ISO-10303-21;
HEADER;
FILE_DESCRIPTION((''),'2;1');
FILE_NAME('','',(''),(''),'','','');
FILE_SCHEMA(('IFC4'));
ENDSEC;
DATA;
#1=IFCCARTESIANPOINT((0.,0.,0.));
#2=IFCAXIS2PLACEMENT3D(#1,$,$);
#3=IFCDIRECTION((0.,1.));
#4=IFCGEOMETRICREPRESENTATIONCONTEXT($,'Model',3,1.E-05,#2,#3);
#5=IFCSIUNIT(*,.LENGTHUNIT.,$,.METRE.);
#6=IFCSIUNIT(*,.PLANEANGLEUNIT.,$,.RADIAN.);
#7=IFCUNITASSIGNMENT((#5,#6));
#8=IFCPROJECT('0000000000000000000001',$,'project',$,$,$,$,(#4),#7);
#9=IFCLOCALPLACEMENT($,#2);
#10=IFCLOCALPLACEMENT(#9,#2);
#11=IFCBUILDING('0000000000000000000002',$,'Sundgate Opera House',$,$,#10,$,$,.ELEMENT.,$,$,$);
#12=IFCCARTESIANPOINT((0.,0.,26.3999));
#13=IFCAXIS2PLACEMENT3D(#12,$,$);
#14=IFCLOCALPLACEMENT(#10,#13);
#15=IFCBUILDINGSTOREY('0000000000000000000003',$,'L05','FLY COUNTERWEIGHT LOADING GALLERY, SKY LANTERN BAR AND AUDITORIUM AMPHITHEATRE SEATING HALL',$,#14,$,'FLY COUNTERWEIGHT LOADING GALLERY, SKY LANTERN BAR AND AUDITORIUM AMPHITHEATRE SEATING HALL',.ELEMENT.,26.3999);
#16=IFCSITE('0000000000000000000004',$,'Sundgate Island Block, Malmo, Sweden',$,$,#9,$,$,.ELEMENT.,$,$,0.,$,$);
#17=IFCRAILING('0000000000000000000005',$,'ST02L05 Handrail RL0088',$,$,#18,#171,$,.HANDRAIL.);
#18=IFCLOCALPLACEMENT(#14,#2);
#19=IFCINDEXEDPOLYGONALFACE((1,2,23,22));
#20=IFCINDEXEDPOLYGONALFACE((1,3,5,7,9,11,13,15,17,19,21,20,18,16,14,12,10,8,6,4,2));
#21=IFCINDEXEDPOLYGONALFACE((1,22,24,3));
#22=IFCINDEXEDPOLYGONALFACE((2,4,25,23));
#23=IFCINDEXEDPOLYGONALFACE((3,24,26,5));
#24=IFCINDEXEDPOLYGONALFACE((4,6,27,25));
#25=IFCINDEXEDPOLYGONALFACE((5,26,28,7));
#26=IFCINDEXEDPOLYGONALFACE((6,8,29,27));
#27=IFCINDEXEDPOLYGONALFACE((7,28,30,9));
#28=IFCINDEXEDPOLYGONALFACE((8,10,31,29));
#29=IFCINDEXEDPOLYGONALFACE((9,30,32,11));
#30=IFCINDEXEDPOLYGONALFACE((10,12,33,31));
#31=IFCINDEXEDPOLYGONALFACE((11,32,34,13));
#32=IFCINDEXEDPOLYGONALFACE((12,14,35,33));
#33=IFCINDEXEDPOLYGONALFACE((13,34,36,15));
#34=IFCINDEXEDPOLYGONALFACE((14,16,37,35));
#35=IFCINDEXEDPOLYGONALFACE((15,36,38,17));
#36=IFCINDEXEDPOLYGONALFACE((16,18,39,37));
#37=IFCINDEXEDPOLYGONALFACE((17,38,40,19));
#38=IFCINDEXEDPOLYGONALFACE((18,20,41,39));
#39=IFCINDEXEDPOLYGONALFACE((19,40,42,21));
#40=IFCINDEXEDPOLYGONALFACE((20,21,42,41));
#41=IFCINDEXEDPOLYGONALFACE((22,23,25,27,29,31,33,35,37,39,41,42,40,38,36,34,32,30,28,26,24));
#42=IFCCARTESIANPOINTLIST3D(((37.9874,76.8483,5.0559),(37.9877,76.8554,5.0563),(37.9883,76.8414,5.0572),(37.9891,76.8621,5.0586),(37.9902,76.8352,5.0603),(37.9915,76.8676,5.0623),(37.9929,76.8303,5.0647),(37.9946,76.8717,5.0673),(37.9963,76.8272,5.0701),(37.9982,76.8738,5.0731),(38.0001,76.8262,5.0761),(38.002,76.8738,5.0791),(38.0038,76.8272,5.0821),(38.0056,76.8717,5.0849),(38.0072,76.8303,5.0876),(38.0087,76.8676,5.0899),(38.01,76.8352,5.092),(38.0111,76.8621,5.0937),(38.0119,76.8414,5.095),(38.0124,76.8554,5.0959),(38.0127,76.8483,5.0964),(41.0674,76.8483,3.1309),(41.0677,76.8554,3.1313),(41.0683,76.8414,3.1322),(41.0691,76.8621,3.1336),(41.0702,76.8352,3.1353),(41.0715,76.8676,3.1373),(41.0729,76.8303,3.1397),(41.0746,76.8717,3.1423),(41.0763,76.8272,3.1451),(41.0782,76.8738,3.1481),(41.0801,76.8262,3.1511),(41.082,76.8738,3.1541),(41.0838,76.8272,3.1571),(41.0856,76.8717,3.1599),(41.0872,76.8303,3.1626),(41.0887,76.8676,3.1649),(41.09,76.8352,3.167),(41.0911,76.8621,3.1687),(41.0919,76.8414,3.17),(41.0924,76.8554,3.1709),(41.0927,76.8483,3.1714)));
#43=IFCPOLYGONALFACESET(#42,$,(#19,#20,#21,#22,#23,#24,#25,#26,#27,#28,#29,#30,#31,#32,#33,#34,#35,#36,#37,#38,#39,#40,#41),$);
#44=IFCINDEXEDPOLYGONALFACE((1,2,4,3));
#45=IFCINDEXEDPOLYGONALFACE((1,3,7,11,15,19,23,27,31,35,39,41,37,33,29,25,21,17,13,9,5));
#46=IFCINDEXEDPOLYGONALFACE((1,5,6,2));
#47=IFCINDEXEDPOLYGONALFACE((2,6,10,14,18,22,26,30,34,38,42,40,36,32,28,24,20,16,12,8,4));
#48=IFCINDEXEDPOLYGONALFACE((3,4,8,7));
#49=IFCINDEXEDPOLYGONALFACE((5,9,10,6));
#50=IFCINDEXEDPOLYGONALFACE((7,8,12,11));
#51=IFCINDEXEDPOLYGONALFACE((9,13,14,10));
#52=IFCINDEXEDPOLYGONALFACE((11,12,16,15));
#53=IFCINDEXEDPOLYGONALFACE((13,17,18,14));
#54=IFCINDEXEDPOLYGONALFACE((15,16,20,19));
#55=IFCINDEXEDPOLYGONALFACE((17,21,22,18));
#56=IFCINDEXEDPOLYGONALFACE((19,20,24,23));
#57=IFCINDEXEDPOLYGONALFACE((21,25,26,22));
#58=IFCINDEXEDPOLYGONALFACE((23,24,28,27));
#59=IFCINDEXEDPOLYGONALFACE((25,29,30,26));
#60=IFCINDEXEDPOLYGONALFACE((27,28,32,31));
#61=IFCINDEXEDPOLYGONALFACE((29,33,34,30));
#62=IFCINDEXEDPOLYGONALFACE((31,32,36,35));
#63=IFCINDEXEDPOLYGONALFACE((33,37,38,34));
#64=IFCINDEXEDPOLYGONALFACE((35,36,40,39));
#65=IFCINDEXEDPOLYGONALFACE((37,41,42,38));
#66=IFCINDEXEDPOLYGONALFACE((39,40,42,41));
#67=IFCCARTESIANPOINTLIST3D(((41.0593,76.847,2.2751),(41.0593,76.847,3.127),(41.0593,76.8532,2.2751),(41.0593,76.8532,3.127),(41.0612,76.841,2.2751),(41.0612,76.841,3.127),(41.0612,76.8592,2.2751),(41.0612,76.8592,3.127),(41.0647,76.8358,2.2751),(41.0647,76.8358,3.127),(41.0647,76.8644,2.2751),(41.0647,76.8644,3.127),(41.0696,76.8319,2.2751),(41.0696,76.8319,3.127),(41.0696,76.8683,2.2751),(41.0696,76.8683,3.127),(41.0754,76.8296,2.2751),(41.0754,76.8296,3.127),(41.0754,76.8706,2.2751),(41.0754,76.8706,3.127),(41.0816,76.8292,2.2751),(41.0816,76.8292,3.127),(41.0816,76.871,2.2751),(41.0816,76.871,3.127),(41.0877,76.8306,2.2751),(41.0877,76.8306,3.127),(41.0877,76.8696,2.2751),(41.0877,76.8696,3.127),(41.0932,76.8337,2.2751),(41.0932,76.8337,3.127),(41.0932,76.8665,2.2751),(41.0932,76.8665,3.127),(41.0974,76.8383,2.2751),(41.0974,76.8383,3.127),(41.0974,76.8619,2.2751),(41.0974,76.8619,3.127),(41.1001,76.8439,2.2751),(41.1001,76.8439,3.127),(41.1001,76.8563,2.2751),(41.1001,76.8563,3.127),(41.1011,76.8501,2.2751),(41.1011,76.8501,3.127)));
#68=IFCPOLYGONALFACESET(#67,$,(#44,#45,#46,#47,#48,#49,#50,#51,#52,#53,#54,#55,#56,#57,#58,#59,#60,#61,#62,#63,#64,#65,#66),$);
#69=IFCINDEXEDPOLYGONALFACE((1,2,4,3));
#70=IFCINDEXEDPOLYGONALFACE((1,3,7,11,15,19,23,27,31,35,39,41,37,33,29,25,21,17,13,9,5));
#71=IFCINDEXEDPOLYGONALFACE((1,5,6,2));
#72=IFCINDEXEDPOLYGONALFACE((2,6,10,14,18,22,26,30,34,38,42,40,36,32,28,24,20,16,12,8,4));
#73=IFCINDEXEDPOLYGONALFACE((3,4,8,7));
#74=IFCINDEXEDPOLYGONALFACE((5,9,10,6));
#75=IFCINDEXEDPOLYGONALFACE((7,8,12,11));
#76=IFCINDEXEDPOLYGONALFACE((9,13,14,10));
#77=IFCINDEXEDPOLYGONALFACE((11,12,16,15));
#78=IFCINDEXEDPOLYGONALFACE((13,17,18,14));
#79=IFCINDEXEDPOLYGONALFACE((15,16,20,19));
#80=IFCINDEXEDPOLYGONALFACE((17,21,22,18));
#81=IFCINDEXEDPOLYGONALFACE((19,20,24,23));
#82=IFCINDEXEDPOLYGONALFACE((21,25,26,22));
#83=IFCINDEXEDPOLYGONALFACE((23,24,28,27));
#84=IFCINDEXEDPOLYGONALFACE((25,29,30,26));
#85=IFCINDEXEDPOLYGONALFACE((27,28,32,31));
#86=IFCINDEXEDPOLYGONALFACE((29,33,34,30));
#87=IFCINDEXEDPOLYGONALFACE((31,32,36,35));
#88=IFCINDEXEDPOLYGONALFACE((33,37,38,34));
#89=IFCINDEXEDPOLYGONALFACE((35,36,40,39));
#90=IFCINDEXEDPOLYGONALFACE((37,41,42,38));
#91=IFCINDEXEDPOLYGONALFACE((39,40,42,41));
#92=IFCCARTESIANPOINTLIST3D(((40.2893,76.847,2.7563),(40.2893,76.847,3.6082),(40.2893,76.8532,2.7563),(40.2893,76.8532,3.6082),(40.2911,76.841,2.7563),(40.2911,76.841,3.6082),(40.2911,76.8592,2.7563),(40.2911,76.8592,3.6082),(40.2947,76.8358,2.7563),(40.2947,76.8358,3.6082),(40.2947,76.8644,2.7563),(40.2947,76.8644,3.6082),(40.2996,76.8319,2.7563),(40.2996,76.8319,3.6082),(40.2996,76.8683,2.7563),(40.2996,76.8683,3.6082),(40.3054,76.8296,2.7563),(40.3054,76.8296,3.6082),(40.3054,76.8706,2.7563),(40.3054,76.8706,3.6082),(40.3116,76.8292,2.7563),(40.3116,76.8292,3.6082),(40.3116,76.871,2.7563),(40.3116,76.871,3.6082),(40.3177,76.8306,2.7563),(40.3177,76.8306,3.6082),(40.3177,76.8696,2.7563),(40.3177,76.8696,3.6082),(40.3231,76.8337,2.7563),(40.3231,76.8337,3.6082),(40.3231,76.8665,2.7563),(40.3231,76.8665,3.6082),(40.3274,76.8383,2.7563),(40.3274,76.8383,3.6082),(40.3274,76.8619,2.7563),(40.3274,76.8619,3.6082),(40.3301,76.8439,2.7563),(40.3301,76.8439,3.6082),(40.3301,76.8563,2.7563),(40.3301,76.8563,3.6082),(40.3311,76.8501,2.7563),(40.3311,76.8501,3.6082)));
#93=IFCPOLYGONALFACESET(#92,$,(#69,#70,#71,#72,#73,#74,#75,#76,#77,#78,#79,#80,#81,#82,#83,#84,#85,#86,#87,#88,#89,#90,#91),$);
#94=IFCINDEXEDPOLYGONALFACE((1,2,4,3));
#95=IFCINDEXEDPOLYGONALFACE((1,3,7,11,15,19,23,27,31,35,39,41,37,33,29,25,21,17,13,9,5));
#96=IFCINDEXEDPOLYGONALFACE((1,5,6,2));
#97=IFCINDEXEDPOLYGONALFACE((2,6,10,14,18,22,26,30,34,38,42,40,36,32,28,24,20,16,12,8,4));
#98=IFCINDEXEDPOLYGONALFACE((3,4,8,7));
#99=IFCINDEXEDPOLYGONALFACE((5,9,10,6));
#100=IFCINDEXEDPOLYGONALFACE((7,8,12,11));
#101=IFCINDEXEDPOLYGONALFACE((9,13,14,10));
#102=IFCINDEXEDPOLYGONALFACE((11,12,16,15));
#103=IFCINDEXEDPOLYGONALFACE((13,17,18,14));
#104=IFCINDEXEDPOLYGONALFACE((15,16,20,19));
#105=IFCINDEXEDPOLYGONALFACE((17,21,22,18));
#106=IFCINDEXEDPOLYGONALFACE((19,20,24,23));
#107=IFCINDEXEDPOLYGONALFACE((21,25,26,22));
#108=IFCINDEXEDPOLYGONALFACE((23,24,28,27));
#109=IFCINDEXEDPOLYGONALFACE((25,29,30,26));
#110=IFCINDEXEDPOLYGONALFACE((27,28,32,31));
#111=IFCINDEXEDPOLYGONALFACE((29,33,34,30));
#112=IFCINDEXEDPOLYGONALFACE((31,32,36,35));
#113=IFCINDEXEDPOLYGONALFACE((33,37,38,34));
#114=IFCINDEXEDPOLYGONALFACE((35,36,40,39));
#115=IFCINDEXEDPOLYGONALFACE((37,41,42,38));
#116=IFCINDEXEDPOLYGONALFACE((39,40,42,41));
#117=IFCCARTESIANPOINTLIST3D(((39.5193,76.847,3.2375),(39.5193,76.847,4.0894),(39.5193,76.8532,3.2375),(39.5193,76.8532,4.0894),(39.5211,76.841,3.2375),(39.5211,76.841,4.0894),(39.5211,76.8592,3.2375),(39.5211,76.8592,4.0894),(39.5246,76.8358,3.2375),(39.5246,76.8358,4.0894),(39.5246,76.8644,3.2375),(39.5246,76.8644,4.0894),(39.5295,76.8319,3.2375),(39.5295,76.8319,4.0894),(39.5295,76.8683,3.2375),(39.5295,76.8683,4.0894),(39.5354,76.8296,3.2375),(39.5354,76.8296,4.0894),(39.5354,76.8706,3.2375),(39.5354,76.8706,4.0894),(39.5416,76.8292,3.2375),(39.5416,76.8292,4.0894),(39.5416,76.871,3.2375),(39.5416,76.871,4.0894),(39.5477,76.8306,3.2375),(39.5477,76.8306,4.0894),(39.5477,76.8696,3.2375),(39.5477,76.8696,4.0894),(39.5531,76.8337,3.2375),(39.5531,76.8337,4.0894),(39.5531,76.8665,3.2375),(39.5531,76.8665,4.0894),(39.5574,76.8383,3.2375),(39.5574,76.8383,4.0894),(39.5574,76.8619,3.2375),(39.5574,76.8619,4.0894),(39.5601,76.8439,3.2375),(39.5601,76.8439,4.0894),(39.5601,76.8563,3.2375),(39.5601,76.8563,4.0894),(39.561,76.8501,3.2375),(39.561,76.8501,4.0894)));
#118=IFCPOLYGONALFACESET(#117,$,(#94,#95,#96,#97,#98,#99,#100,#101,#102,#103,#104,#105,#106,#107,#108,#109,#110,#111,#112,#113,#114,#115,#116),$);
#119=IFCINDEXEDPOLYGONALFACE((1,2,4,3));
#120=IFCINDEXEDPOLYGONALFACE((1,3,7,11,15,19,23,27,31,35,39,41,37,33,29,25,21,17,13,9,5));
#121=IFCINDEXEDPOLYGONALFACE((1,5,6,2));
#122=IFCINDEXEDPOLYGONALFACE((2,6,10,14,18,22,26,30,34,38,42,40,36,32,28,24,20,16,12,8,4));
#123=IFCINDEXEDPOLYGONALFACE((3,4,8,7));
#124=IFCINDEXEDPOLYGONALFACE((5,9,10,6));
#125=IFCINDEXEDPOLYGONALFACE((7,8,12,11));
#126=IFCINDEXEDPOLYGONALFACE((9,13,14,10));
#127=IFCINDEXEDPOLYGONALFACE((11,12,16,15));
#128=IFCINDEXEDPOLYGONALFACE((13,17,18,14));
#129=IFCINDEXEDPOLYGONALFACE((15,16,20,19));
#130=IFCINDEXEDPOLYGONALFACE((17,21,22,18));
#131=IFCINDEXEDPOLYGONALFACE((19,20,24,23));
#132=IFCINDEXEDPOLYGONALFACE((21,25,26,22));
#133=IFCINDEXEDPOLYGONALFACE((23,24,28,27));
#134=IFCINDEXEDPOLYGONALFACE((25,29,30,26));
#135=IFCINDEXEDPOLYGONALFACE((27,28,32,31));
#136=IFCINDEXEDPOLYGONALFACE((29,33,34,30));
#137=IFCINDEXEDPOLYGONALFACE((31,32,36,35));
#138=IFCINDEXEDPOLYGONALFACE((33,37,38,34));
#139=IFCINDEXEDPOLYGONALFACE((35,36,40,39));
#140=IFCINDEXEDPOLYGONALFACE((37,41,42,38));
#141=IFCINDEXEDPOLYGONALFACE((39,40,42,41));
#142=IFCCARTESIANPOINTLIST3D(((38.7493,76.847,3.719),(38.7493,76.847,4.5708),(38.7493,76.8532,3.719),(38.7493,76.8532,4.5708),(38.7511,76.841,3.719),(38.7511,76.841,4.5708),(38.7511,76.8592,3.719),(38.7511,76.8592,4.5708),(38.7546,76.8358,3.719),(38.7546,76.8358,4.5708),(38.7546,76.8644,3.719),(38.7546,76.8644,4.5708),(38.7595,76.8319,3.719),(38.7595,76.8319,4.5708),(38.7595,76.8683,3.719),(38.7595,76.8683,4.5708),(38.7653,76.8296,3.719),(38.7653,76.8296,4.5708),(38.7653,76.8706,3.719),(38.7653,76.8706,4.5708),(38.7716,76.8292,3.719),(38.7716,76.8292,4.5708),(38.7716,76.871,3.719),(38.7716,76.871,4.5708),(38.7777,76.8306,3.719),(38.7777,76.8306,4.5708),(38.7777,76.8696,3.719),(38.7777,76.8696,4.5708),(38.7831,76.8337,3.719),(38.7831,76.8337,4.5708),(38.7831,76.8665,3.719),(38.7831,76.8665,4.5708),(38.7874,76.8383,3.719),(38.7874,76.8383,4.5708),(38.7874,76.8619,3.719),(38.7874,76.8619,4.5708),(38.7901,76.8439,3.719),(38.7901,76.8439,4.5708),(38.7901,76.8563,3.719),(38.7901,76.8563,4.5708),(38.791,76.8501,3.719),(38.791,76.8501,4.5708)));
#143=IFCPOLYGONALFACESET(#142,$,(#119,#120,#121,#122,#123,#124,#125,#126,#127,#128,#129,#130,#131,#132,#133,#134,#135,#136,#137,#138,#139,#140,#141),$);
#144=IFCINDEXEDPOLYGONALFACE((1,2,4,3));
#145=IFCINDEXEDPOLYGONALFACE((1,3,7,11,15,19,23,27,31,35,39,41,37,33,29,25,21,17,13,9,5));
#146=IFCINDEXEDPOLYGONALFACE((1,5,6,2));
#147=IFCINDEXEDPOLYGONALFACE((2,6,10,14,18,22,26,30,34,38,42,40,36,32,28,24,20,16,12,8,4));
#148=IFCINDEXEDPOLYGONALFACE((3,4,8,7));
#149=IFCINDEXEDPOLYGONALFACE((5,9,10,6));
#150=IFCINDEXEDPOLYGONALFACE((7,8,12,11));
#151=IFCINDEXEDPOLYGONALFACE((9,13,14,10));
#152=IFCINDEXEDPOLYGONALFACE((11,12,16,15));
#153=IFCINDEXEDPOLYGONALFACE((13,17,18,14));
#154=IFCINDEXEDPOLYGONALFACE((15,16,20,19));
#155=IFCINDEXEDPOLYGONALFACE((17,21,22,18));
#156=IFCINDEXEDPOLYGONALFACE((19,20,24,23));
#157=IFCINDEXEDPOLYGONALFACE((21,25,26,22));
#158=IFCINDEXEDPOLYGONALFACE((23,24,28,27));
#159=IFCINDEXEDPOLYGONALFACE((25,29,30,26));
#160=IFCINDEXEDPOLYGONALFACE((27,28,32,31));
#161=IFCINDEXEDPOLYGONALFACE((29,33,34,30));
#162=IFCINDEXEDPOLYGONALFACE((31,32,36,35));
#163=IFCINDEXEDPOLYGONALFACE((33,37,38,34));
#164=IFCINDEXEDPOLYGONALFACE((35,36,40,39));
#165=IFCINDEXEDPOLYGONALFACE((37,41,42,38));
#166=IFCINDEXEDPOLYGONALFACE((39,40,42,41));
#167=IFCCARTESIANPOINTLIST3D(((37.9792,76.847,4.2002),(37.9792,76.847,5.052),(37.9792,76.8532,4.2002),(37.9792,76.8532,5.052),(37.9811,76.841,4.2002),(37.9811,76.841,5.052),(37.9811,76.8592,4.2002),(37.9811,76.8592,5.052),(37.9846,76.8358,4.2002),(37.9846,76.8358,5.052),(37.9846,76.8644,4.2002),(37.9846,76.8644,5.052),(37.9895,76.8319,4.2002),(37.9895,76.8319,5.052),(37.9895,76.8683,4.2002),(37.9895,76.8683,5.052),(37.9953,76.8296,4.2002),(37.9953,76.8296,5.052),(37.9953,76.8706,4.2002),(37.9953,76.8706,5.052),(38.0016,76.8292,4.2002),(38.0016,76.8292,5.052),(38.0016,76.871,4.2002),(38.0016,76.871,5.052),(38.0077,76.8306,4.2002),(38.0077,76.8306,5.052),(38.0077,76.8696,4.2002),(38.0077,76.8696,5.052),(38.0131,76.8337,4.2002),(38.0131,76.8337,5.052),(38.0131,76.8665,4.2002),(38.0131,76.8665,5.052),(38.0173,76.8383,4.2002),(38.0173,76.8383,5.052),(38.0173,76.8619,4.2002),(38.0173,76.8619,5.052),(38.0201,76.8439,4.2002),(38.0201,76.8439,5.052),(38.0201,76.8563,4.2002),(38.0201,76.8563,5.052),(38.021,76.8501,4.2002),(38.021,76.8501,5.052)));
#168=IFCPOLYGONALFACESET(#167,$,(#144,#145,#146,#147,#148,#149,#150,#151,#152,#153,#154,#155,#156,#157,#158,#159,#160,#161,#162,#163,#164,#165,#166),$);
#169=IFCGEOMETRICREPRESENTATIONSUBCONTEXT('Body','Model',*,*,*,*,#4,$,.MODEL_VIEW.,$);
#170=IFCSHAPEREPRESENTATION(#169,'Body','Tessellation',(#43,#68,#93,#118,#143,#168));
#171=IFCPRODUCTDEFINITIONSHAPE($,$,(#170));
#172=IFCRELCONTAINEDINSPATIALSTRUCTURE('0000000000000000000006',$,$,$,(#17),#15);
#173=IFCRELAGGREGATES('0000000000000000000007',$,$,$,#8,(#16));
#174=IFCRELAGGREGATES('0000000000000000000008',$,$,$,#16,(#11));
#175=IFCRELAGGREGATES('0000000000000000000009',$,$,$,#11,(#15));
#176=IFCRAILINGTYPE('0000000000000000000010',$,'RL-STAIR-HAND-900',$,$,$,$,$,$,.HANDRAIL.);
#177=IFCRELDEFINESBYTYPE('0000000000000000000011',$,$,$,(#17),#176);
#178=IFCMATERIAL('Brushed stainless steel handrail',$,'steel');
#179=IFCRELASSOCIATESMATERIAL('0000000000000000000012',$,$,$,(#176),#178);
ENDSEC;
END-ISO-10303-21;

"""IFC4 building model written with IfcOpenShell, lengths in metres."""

from ifc_helpers import new_model, si_unit, direction, frame, origin, origin_2d, place, context, subcontext, project, spatial, circle, extrude, material, type_object, element, save


model = new_model("IFC4")

# Units and contexts
model_context = context("Model", 3, precision=1e-05, world=origin(), true_north=direction((0.0, 1.0)))
body_context = subcontext(model_context, "Body", "Model", "MODEL_VIEW")
ifc_project = project(units=[si_unit("LENGTHUNIT", "METRE"), si_unit("PLANEANGLEUNIT", "RADIAN")], contexts=[model_context])

# Site, building, storey
site_placement = place(None, origin())
site = spatial("IfcSite", under=ifc_project, at=site_placement, Name="Sundgate Island Block, Malmo, Sweden", CompositionType="ELEMENT", RefElevation=0.0)
building_placement = place(site_placement, origin())
building = spatial("IfcBuilding", under=site, at=building_placement, Name="Sundgate Opera House", CompositionType="ELEMENT")
storey_placement = place(building_placement, frame((0.0, 0.0, 26.3999)))
storey = spatial("IfcBuildingStorey", under=building, at=storey_placement, Name="L05", Description="FLY COUNTERWEIGHT LOADING GALLERY, SKY LANTERN BAR AND AUDITORIUM AMPHITHEATRE SEATING HALL", LongName="FLY COUNTERWEIGHT LOADING GALLERY, SKY LANTERN BAR AND AUDITORIUM AMPHITHEATRE SEATING HALL", CompositionType="ELEMENT", Elevation=26.3999)

# Railing
ifc_material_1 = material(Name="Brushed stainless steel handrail", Category="steel")
railing_type_1 = type_object("IfcRailingType", Name="RL-STAIR-HAND-900", PredefinedType="HANDRAIL", material=ifc_material_1)
railing_1_placement = place(storey_placement, frame((41.0801, 76.8501, 2.2751)))
element("IfcRailing", 1, at=railing_1_placement, inside=storey, type_object=railing_type_1, Name="ST02L05 Handrail RL0088", PredefinedType="HANDRAIL", context=body_context, shape_type="SweptSolid", body=[
    extrude(circle(Radius=0.0239, at=origin_2d()), frame((0.0, 0.0, 0.876), z_axis=(-0.847998, 0.0, 0.529999), x_axis=(0.0, -1.0, 0.0)), (0.0, 0.0, 1.0), 3.6321),
    extrude(circle(Radius=0.021, at=origin_2d()), origin(), (0.0, 0.0, 1.0), 0.8518),
    extrude(circle(Radius=0.021, at=origin_2d()), frame((-0.77, 0.0, 0.4812)), (0.0, 0.0, 1.0), 0.8518),
    extrude(circle(Radius=0.021, at=origin_2d()), frame((-1.54, 0.0, 0.9624)), (0.0, 0.0, 1.0), 0.8518),
    extrude(circle(Radius=0.021, at=origin_2d()), frame((-2.3101, 0.0, 1.4438)), (0.0, 0.0, 1.0), 0.8518),
    extrude(circle(Radius=0.021, at=origin_2d()), frame((-3.0801, 0.0, 1.925)), (0.0, 0.0, 1.0), 0.8518),
])

save(model, "model.ifc")
